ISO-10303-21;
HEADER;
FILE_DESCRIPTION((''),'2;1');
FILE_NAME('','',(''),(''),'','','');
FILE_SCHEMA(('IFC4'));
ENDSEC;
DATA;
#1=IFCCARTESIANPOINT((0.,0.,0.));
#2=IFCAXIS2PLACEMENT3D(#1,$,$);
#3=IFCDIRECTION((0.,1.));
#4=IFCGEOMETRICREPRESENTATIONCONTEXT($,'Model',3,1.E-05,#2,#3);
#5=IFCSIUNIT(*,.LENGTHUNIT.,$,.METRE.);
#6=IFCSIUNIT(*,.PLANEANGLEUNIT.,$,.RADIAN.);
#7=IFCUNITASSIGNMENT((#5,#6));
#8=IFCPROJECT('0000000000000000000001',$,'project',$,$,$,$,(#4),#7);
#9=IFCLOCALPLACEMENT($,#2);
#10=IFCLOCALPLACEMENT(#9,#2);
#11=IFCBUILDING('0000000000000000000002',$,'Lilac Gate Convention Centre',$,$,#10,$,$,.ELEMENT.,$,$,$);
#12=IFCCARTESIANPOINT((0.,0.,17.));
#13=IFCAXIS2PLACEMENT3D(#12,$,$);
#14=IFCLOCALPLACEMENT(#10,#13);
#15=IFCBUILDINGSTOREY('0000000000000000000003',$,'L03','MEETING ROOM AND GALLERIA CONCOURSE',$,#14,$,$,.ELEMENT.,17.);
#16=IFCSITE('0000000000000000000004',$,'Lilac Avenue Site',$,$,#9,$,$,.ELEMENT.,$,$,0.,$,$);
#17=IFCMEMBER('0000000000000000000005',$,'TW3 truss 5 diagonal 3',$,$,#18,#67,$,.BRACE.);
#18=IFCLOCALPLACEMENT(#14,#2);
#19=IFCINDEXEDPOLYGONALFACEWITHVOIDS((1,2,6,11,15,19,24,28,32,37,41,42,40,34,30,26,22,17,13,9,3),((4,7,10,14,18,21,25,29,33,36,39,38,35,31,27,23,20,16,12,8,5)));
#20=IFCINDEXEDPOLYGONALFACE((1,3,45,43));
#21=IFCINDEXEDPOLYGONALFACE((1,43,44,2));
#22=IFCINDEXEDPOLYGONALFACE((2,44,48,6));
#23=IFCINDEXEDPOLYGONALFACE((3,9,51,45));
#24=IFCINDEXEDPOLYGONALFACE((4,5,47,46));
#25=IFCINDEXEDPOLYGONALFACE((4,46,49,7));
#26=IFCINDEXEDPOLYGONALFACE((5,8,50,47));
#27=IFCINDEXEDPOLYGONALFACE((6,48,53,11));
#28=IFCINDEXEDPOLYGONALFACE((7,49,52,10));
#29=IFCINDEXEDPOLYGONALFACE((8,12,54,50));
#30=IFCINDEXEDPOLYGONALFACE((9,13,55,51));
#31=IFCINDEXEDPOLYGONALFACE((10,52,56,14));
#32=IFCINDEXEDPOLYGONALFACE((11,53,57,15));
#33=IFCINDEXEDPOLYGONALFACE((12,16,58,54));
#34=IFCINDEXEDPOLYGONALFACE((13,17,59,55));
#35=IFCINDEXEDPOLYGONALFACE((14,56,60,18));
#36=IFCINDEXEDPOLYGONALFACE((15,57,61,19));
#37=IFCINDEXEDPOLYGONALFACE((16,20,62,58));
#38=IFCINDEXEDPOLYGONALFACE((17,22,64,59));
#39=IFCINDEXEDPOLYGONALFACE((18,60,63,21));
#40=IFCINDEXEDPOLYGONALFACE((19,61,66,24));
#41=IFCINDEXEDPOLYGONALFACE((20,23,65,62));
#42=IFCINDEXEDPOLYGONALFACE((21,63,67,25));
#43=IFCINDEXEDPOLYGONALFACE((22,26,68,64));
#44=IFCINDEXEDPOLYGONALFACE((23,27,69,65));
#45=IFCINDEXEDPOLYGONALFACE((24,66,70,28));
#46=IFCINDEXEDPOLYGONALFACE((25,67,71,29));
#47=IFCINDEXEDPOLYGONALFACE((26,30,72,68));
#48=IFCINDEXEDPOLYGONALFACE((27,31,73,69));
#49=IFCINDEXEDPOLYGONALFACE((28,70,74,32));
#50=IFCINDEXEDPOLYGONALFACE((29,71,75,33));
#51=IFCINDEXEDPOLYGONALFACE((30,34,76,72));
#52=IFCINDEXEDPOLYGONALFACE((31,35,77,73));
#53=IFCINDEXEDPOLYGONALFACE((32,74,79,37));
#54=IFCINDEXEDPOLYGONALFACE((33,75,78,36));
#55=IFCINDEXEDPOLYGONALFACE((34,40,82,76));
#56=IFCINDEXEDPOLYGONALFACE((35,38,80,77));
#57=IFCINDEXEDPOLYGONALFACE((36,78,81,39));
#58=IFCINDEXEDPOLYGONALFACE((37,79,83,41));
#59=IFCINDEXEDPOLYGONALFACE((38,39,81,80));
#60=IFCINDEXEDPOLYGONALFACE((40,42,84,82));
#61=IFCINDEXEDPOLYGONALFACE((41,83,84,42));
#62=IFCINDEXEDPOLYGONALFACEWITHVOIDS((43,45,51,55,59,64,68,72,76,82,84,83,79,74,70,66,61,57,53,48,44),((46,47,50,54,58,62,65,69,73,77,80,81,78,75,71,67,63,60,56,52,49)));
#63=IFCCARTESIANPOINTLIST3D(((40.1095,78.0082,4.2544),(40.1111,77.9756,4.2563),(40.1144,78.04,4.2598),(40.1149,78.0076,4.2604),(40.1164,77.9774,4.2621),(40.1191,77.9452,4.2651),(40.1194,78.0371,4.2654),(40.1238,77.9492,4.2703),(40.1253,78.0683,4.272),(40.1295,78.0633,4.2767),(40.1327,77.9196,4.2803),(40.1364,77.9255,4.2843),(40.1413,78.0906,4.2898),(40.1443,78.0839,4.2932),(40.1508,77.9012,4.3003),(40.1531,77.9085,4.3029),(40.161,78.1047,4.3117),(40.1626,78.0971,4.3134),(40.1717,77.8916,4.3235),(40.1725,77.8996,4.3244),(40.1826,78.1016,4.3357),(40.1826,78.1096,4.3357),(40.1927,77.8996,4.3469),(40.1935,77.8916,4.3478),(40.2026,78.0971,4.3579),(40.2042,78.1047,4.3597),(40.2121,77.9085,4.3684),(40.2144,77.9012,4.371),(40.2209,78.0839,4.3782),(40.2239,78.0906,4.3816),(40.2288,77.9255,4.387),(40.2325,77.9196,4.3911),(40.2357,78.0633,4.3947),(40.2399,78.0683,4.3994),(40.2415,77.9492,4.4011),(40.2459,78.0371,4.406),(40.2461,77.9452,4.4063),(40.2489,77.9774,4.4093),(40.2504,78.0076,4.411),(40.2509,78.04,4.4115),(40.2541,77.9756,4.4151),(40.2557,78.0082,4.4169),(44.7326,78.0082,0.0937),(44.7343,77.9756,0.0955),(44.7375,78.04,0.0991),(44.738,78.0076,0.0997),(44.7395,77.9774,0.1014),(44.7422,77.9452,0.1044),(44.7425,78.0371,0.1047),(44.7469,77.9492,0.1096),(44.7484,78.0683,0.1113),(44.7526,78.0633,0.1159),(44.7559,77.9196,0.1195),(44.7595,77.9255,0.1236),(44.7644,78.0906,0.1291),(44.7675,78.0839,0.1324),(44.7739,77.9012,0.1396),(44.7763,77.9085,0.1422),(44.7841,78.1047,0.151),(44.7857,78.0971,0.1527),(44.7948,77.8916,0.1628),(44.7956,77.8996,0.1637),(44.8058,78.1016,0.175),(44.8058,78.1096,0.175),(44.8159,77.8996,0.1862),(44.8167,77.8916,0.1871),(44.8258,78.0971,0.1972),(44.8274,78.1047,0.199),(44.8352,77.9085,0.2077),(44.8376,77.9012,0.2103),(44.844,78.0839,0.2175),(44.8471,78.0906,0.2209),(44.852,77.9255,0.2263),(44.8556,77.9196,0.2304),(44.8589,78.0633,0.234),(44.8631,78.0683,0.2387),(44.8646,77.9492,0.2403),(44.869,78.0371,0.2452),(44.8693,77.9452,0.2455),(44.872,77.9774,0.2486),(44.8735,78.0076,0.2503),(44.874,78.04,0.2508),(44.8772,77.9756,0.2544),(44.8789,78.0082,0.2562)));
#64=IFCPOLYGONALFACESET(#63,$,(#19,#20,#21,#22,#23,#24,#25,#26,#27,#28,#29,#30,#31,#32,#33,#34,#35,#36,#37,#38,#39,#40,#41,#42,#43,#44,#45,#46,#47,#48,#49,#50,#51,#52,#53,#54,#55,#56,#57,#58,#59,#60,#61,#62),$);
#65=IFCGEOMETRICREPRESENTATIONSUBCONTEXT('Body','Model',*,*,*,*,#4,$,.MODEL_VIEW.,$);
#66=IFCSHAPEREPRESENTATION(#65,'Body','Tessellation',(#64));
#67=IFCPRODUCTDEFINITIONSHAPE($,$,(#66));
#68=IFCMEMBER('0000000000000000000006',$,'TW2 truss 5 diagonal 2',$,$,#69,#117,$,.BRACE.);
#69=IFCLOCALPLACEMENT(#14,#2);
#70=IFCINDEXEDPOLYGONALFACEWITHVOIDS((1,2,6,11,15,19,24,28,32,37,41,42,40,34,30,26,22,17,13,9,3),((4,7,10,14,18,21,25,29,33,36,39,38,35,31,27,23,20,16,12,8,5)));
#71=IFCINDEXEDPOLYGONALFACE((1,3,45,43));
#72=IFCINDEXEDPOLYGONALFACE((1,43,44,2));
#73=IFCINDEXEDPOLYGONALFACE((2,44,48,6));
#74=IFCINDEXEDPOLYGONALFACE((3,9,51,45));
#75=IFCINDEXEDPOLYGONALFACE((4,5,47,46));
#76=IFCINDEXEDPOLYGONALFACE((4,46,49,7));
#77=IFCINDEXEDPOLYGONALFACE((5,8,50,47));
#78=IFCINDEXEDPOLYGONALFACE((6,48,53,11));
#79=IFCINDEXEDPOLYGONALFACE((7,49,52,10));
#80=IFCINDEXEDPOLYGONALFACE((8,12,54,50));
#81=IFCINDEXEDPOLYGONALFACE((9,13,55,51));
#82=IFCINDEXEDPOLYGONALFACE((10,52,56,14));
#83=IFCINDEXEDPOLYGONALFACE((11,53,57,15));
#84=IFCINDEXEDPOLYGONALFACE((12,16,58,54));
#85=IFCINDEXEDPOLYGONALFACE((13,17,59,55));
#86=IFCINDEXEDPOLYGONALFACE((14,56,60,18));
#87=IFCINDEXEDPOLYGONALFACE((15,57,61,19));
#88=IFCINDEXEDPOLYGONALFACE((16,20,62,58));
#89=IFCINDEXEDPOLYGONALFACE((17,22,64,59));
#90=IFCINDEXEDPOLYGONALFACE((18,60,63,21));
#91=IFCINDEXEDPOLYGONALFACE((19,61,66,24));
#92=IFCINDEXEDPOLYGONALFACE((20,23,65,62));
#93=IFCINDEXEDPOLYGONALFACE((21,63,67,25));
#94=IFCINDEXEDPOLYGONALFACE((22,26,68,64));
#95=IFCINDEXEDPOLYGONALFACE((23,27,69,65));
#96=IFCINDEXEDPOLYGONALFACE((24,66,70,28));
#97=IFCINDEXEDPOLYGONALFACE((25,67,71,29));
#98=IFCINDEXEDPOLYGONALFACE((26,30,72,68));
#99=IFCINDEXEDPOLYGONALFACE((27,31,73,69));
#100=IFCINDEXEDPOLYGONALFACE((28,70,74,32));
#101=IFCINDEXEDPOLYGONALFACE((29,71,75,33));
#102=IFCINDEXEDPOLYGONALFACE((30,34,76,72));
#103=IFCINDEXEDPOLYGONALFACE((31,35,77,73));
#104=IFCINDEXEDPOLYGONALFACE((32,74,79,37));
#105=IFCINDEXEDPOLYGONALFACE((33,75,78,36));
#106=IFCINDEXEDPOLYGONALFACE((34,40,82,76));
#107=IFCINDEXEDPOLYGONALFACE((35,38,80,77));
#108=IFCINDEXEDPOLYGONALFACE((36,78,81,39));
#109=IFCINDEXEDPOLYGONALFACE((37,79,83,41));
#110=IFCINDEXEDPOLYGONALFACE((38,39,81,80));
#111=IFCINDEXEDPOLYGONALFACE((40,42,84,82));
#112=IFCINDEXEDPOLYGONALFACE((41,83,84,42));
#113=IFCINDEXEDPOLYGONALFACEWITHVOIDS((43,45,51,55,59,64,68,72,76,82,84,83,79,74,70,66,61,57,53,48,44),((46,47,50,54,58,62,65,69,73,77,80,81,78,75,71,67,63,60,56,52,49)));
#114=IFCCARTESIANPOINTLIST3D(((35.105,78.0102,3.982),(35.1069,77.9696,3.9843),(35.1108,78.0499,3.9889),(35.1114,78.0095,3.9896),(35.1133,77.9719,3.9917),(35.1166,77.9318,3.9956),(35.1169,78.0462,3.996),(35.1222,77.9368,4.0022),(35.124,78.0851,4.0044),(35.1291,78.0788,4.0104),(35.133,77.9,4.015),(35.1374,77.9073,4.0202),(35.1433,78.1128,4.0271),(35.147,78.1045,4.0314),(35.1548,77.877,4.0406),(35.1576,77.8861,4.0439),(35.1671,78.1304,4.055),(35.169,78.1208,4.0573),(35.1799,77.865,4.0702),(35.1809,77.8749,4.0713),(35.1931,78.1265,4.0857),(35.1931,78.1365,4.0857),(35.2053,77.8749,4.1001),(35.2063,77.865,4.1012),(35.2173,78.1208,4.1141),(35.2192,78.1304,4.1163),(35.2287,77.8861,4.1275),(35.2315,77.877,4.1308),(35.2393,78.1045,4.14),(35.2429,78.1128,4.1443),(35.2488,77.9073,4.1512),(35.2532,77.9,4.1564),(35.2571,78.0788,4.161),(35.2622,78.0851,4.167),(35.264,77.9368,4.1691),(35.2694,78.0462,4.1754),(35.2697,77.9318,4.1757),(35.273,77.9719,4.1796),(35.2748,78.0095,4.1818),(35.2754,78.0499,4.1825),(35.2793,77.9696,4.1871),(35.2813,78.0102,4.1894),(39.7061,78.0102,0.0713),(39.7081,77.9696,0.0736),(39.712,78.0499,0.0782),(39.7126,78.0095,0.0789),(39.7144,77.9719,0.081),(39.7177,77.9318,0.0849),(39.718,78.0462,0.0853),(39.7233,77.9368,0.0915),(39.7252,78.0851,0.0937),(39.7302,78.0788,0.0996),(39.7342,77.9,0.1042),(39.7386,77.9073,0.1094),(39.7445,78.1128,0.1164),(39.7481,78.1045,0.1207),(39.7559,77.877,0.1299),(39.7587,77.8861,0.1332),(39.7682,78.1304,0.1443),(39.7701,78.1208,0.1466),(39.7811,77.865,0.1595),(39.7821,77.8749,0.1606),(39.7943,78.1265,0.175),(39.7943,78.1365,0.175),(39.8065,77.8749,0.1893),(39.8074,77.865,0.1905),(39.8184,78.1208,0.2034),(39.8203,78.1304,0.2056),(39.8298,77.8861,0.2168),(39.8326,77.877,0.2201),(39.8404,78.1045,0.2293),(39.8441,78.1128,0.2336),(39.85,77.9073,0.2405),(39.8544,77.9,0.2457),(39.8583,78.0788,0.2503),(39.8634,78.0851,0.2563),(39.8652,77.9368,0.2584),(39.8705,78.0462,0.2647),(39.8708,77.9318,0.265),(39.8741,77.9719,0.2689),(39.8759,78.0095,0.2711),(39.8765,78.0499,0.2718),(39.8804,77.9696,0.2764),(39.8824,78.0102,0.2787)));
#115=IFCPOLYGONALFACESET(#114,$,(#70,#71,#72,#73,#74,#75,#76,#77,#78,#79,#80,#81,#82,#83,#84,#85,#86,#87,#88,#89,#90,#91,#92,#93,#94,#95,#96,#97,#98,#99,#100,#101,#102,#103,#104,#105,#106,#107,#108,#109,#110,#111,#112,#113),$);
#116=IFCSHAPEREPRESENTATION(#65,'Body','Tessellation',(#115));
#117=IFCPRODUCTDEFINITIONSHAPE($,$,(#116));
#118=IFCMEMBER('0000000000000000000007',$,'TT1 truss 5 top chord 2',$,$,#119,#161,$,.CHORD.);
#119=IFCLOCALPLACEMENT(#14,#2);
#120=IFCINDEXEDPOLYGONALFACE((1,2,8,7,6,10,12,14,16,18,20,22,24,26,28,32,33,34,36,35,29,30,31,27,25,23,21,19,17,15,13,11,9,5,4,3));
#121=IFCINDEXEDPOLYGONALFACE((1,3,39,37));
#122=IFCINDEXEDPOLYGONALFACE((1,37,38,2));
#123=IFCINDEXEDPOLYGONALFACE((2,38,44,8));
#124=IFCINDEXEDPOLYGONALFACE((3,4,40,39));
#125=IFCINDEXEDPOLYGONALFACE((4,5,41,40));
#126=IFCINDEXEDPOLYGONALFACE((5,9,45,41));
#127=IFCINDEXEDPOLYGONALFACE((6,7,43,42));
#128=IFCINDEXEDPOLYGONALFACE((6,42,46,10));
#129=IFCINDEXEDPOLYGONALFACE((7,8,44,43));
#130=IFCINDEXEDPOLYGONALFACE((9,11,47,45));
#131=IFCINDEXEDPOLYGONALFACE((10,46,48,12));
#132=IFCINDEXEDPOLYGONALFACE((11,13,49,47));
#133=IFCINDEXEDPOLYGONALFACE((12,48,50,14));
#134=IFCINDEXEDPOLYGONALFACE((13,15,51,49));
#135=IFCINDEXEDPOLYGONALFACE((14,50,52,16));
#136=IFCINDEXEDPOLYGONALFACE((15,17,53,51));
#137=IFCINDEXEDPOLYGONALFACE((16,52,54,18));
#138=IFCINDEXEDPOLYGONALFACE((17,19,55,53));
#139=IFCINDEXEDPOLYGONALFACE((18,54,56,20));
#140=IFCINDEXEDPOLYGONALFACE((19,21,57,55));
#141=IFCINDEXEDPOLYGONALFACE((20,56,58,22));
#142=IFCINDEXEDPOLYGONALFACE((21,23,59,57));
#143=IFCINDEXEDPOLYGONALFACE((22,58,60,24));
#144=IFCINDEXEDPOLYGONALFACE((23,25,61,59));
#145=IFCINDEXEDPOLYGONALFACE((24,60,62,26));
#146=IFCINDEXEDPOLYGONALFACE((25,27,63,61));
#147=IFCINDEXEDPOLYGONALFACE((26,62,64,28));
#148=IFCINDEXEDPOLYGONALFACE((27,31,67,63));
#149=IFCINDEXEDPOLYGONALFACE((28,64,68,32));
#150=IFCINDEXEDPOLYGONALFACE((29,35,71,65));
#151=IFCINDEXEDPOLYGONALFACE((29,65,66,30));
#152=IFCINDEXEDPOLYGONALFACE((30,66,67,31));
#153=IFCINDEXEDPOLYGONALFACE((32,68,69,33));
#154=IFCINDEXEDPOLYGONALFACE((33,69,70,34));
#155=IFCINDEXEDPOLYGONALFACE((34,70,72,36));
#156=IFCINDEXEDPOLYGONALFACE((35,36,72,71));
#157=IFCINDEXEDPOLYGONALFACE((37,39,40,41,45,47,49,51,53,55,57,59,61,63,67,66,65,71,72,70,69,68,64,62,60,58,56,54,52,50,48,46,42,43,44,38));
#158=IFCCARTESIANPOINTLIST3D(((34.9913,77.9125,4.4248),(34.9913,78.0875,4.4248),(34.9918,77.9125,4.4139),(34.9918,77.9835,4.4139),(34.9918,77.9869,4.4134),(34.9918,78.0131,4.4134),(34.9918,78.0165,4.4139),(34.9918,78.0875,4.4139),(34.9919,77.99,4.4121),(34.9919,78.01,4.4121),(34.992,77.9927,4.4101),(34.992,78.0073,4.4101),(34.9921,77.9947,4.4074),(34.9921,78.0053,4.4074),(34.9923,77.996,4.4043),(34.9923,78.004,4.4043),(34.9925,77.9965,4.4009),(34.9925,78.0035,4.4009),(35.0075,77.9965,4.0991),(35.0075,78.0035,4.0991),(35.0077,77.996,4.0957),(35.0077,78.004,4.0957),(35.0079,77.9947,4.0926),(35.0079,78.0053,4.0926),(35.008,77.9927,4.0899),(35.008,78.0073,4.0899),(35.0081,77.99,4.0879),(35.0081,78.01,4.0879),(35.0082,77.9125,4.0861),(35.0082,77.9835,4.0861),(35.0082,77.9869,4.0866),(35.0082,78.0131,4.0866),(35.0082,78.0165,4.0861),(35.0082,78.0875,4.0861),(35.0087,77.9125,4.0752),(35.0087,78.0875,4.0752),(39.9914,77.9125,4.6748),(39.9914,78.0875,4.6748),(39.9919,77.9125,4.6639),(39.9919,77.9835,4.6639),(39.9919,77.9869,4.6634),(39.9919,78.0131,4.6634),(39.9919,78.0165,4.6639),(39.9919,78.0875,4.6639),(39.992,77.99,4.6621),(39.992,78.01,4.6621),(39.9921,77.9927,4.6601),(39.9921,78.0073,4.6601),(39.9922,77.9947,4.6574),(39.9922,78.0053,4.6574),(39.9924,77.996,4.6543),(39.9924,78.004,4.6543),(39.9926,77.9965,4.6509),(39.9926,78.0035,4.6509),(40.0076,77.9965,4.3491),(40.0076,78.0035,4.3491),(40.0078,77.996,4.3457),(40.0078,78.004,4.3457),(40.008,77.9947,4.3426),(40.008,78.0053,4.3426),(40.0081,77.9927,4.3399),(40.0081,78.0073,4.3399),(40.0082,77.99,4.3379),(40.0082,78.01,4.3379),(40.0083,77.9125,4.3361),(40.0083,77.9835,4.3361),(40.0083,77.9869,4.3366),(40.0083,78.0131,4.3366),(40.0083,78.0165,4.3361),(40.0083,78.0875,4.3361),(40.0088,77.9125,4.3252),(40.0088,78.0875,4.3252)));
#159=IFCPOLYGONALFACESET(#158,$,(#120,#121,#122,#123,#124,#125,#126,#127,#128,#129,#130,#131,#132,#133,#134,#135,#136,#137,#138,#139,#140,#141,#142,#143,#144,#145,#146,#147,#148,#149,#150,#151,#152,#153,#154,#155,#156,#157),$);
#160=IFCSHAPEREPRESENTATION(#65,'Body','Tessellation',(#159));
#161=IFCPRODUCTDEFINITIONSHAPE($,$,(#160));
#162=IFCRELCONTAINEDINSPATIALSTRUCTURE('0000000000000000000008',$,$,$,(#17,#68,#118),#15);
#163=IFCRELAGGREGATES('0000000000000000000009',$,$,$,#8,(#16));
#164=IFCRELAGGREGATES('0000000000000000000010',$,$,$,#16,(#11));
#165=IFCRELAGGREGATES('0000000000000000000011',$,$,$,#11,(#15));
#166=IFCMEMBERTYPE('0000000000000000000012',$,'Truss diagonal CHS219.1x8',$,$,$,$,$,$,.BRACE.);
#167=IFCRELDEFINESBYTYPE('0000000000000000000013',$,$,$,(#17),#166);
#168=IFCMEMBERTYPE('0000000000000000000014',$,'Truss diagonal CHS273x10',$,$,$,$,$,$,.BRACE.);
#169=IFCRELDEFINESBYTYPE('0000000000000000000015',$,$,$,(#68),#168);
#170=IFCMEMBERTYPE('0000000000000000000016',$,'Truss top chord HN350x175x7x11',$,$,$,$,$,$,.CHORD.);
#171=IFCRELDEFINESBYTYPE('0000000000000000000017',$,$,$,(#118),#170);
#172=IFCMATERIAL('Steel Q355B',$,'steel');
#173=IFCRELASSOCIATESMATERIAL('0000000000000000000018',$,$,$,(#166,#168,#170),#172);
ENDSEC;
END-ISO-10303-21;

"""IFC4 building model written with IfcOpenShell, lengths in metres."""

from ifc_helpers import new_model, si_unit, direction, frame, origin, origin_2d, place, context, subcontext, project, spatial, hollow_circle, i_section, extrude, material, material_profile, profile_set, type_object, element, save


model = new_model("IFC4")

# Units and contexts
model_context = context("Model", 3, precision=1e-05, world=origin(), true_north=direction((0.0, 1.0)))
body_context = subcontext(model_context, "Body", "Model", "MODEL_VIEW")
ifc_project = project(units=[si_unit("LENGTHUNIT", "METRE"), si_unit("PLANEANGLEUNIT", "RADIAN")], contexts=[model_context])

# Site, building, storey
site_placement = place(None, origin())
site = spatial("IfcSite", under=ifc_project, at=site_placement, Name="Lilac Avenue Site", CompositionType="ELEMENT", RefElevation=0.0)
building_placement = place(site_placement, origin())
building = spatial("IfcBuilding", under=site, at=building_placement, Name="Lilac Gate Convention Centre", CompositionType="ELEMENT")
storey_placement = place(building_placement, frame((0.0, 0.0, 17.0)))
storey = spatial("IfcBuildingStorey", under=building, at=storey_placement, Name="L03", Description="MEETING ROOM AND GALLERIA CONCOURSE", CompositionType="ELEMENT", Elevation=17.0)

# Members
ifc_material = material(Name="Steel Q355B", Category="steel")
ifc_material_profile_1 = material_profile(ifc_material, hollow_circle(Radius=0.1096, WallThickness=0.0081, at=origin_2d()), Name="CHS219.1x8")
ifc_profile_set_1 = profile_set([ifc_material_profile_1], Name="Steel Q355B")
member_type_1 = type_object("IfcMemberType", Name="Truss diagonal CHS219.1x8", PredefinedType="BRACE", material=ifc_profile_set_1)
member_1_placement = place(storey_placement, frame((40.1826, 78.0, 4.3357), z_axis=(0.743302, 0.0, -0.668956), x_axis=(0.0, 1.0, 0.0)))
element("IfcMember", 1, at=member_1_placement, inside=storey, type_object=member_type_1, Name="TW3 truss 5 diagonal 3", PredefinedType="BRACE", context=body_context, shape_type="SweptSolid", body=[
    extrude(hollow_circle(Radius=0.1096, WallThickness=0.0081, at=origin_2d()), origin(), (0.0, 0.0, 1.0), 6.2197),
])
ifc_material_profile_2 = material_profile(ifc_material, hollow_circle(Radius=0.1365, WallThickness=0.01, at=origin_2d()), Name="CHS273x10")
ifc_profile_set_2 = profile_set([ifc_material_profile_2], Name="Steel Q355B")
member_type_2 = type_object("IfcMemberType", Name="Truss diagonal CHS273x10", PredefinedType="BRACE", material=ifc_profile_set_2)
member_2_placement = place(storey_placement, frame((35.1931, 78.0, 4.0857), z_axis=(0.761961, 0.0, -0.647623), x_axis=(0.0, 1.0, 0.0)))
element("IfcMember", 2, at=member_2_placement, inside=storey, type_object=member_type_2, Name="TW2 truss 5 diagonal 2", PredefinedType="BRACE", context=body_context, shape_type="SweptSolid", body=[
    extrude(hollow_circle(Radius=0.1365, WallThickness=0.01, at=origin_2d()), origin(), (0.0, 0.0, 1.0), 6.0386),
])
ifc_material_profile_3 = material_profile(ifc_material, i_section(OverallWidth=0.175, OverallDepth=0.3501, WebThickness=0.0071, FlangeThickness=0.011, FilletRadius=0.0129, at=origin_2d()), Name="HN350x175x7x11")
ifc_profile_set_3 = profile_set([ifc_material_profile_3], Name="Steel Q355B")
member_type_3 = type_object("IfcMemberType", Name="Truss top chord HN350x175x7x11", PredefinedType="CHORD", material=ifc_profile_set_3)
member_3_placement = place(storey_placement, frame((35.0, 78.0, 4.25), z_axis=(0.998752, 0.0, 0.049938), x_axis=(0.0, 1.0, 0.0)))
element("IfcMember", 3, at=member_3_placement, inside=storey, type_object=member_type_3, Name="TT1 truss 5 top chord 2", PredefinedType="CHORD", context=body_context, shape_type="SweptSolid", body=[
    extrude(i_section(OverallWidth=0.175, OverallDepth=0.3501, WebThickness=0.0071, FlangeThickness=0.011, FilletRadius=0.0129, at=origin_2d()), origin(), (0.0, 0.0, 1.0), 5.0063),
])

save(model, "model.ifc")
